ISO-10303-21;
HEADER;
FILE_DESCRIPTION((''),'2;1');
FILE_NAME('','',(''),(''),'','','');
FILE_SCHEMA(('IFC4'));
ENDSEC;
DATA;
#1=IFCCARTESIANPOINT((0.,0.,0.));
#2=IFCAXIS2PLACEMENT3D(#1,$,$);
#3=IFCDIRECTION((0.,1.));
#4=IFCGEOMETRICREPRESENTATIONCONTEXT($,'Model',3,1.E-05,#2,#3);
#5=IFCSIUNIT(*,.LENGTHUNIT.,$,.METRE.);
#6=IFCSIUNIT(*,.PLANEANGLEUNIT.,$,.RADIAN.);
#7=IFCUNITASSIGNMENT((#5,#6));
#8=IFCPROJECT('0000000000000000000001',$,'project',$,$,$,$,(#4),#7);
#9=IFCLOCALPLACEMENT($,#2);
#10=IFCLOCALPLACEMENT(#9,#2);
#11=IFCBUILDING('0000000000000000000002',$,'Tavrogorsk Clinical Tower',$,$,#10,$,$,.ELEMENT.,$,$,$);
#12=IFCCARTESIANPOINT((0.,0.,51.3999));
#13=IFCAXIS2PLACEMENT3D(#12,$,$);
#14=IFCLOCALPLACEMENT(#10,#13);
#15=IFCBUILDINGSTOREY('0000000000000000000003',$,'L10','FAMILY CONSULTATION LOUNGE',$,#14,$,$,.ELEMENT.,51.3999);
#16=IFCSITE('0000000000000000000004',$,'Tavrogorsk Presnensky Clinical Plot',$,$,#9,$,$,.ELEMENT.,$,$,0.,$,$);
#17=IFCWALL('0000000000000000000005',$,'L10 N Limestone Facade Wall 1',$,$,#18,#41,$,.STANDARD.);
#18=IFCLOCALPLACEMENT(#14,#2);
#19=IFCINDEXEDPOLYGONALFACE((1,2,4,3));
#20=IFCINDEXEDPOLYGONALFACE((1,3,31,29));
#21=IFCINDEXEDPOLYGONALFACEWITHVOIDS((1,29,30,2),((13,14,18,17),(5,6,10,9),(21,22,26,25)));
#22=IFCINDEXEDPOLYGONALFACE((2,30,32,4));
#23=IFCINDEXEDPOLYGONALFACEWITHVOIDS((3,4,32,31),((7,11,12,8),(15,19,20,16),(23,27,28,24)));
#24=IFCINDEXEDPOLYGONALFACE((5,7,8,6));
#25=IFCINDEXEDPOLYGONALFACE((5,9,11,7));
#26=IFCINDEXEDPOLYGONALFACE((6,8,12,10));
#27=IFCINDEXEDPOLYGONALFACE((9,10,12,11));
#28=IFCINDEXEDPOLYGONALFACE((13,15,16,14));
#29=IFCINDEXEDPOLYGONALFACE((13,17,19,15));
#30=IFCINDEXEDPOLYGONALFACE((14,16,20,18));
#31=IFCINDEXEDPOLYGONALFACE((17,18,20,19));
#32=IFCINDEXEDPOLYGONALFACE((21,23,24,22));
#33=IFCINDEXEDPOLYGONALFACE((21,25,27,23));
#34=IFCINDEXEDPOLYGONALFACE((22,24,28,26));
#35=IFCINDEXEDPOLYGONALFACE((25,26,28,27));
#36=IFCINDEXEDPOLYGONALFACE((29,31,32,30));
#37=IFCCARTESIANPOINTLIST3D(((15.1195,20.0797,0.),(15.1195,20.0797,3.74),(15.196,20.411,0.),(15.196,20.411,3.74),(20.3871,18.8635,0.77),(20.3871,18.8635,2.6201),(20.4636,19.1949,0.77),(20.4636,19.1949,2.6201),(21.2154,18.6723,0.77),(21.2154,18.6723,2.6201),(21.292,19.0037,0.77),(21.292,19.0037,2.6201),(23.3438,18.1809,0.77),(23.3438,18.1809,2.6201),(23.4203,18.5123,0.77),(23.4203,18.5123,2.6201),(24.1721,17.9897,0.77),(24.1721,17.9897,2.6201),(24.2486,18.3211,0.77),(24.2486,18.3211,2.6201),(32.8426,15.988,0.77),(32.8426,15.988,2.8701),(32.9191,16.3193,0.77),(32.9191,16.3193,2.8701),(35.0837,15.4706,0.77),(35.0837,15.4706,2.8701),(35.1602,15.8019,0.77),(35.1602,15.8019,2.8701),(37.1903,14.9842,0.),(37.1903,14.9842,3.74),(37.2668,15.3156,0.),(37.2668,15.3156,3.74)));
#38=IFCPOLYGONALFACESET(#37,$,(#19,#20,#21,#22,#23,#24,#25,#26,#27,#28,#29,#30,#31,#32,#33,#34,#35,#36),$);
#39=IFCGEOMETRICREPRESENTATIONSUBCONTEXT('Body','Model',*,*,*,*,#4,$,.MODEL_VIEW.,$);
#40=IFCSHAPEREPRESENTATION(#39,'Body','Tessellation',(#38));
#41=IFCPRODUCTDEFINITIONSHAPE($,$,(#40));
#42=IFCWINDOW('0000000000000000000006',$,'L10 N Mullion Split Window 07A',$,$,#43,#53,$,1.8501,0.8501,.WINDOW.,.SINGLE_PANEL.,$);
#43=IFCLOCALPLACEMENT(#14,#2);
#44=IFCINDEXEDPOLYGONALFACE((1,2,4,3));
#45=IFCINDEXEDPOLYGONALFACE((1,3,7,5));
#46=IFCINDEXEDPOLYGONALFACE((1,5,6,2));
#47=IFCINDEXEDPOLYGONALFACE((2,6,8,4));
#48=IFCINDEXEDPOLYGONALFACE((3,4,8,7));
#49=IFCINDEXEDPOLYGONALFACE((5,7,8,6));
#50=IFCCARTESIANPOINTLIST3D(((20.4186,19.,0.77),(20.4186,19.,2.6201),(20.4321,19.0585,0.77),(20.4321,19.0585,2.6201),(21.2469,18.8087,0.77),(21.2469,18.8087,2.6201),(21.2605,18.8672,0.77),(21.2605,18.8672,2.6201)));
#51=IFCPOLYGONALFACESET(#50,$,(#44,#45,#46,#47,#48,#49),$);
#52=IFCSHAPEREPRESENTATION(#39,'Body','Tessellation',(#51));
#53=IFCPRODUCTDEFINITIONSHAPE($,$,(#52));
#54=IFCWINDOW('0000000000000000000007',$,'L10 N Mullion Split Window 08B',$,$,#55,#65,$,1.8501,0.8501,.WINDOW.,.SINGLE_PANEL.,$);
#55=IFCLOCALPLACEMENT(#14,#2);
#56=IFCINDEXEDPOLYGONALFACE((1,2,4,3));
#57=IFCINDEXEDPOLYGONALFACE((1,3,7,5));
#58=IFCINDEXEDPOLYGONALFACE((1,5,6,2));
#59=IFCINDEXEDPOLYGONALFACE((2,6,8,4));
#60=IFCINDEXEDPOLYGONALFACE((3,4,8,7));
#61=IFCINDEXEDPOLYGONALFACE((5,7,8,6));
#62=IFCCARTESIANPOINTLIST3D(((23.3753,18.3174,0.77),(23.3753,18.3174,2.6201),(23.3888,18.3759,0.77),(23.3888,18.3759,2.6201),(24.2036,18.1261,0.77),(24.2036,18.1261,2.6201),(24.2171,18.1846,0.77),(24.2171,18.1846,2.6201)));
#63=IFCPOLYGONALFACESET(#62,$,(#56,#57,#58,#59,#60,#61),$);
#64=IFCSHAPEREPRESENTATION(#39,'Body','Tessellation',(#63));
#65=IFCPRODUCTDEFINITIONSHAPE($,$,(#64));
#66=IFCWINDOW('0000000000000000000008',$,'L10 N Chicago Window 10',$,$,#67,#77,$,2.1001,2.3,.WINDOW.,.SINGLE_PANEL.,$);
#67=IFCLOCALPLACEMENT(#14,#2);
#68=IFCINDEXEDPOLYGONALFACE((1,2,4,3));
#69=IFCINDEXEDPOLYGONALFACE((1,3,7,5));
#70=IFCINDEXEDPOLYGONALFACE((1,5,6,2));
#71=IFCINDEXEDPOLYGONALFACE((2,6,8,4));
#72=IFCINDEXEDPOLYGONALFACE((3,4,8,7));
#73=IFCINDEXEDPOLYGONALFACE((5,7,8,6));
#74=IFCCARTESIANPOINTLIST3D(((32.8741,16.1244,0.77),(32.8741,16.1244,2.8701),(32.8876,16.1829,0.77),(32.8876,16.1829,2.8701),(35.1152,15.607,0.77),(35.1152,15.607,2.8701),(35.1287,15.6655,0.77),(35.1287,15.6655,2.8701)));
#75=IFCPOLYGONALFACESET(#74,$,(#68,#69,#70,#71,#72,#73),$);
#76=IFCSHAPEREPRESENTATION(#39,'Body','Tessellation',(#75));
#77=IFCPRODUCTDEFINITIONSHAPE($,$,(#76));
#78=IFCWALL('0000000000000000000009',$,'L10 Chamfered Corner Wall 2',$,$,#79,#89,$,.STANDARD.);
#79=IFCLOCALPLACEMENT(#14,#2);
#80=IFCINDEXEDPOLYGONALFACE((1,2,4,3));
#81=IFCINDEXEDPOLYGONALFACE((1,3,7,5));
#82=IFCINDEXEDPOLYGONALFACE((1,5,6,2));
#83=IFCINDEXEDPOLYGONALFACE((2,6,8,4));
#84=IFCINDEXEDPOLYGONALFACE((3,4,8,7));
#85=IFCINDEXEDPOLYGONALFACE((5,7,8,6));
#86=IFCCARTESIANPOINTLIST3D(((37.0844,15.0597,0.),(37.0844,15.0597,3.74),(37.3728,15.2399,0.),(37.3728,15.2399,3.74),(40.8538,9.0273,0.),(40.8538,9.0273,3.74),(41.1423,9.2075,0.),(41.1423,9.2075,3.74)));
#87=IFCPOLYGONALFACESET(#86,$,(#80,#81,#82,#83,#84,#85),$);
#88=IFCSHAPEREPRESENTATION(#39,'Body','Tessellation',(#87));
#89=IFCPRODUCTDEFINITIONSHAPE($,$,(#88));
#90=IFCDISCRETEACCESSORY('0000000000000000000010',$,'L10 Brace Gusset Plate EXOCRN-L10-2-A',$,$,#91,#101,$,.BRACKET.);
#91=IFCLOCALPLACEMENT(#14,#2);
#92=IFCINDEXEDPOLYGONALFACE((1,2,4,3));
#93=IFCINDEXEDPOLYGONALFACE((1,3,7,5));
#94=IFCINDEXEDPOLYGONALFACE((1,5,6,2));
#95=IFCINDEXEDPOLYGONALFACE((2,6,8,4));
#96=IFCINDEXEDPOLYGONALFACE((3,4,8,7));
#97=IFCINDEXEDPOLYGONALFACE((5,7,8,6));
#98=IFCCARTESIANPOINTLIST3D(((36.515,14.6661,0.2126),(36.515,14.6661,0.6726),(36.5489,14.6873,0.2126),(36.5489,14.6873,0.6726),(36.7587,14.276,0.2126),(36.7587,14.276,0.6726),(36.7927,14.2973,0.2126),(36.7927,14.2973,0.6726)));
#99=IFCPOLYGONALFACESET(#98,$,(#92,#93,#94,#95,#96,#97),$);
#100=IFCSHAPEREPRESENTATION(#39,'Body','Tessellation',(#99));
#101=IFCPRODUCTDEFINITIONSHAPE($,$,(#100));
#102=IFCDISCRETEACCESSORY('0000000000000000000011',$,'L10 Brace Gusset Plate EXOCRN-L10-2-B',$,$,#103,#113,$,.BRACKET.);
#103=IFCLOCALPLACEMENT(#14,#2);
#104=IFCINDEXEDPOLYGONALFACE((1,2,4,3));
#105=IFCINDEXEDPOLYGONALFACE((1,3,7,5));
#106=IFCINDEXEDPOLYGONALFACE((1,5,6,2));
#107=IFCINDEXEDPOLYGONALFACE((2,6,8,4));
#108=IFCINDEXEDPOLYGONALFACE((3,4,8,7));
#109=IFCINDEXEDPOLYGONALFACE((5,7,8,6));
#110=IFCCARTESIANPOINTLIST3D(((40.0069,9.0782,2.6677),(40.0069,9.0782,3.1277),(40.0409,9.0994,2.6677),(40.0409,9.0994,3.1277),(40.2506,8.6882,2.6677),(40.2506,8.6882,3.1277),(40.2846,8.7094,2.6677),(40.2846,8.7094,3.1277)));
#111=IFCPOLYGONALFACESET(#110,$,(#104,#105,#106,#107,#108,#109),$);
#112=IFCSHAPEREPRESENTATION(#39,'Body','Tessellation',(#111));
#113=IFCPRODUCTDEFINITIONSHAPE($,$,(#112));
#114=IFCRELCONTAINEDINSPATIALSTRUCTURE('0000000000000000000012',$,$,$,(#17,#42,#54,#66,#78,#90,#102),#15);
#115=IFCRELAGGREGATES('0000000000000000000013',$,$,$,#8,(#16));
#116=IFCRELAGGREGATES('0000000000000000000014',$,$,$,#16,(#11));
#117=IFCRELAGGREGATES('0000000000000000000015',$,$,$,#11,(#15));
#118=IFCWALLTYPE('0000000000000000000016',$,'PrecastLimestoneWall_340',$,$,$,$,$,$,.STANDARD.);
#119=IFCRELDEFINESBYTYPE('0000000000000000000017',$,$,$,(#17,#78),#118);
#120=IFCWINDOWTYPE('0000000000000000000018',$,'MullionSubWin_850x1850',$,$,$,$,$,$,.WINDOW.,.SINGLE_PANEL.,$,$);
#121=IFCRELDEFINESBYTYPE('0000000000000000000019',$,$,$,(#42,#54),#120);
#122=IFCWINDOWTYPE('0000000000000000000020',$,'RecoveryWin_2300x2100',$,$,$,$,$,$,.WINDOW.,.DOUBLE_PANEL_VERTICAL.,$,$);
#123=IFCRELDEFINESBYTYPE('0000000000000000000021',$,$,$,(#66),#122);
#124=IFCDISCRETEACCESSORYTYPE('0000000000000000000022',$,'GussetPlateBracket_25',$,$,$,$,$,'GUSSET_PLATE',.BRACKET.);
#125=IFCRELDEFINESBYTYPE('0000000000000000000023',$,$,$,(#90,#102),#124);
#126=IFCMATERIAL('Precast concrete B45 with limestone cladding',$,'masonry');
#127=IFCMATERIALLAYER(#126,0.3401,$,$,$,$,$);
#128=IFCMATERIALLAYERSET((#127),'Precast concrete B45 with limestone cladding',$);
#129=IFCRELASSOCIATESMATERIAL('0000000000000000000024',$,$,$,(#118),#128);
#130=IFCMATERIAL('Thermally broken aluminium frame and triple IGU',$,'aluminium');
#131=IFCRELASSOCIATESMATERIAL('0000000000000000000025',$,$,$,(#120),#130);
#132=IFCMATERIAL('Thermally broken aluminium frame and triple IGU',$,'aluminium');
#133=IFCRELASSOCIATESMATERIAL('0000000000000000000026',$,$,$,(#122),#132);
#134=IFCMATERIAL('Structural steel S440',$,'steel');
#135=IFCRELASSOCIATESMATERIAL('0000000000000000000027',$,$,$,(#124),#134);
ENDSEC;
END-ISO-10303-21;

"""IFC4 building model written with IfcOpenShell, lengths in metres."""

from ifc_helpers import new_model, si_unit, direction, frame, frame_2d, origin, origin_2d, place, context, subcontext, project, spatial, rectangle, extrude, material, layer, layer_set, type_object, element, fill, save


model = new_model("IFC4")

# Units and contexts
model_context = context("Model", 3, precision=1e-05, world=origin(), true_north=direction((0.0, 1.0)))
body_context = subcontext(model_context, "Body", "Model", "MODEL_VIEW")
ifc_project = project(units=[si_unit("LENGTHUNIT", "METRE"), si_unit("PLANEANGLEUNIT", "RADIAN")], contexts=[model_context])

# Site, building, storey
site_placement = place(None, origin())
site = spatial("IfcSite", under=ifc_project, at=site_placement, Name="Tavrogorsk Presnensky Clinical Plot", CompositionType="ELEMENT", RefElevation=0.0)
building_placement = place(site_placement, origin())
building = spatial("IfcBuilding", under=site, at=building_placement, Name="Tavrogorsk Clinical Tower", CompositionType="ELEMENT")
storey_placement = place(building_placement, frame((0.0, 0.0, 51.3999)))
storey = spatial("IfcBuildingStorey", under=building, at=storey_placement, Name="L10", Description="FAMILY CONSULTATION LOUNGE", CompositionType="ELEMENT", Elevation=51.3999)

# Wall, openings, windows
ifc_material_1 = material(Name="Precast concrete B45 with limestone cladding", Category="masonry")
ifc_layer_1 = layer(ifc_material_1, 0.3401)
ifc_layer_set_1 = layer_set([ifc_layer_1], Name="Precast concrete B45 with limestone cladding")
wall_type_1 = type_object("IfcWallType", Name="PrecastLimestoneWall_340", PredefinedType="STANDARD", material=ifc_layer_set_1)
wall_1_placement = place(storey_placement, frame((37.2285, 15.1499, 0.0), z_axis=(0.0, 0.0, 1.0), x_axis=(-0.97437, 0.224952, 0.0)))
wall_1 = element("IfcWall", 1, at=wall_1_placement, inside=storey, type_object=wall_type_1, Name="L10 N Limestone Facade Wall 1", PredefinedType="STANDARD", context=body_context, shape_type="SweptSolid", body=[
    extrude(rectangle(XDim=22.6514, YDim=0.3401, at=frame_2d((11.3257, 0.0))), origin(), (0.0, 0.0, 1.0), 3.74),
])
opening_1_placement = place(wall_1_placement, frame((16.395, 0.0, 0.77)))
opening_1 = element("IfcOpeningElement", 2, at=opening_1_placement, cuts=wall_1, PredefinedType="OPENING", context=body_context, shape_type="SweptSolid", body=[
    extrude(rectangle(XDim=0.8501, YDim=1.8501, at=frame_2d((0.425, 0.925))), frame((0.0, 0.1799, 0.0), z_axis=(0.0, -1.0, 0.0), x_axis=(1.0, 0.0, 0.0)), (0.0, 0.0, 1.0), 0.3601),
])
opening_2_placement = place(wall_1_placement, frame((13.3606, 0.0, 0.77)))
opening_2 = element("IfcOpeningElement", 3, at=opening_2_placement, cuts=wall_1, PredefinedType="OPENING", context=body_context, shape_type="SweptSolid", body=[
    extrude(rectangle(XDim=0.8501, YDim=1.8501, at=frame_2d((0.425, 0.925))), frame((0.0, 0.1799, 0.0), z_axis=(0.0, -1.0, 0.0), x_axis=(1.0, 0.0, 0.0)), (0.0, 0.0, 1.0), 0.3601),
])
opening_3_placement = place(wall_1_placement, frame((2.1621, 0.0, 0.77)))
opening_3 = element("IfcOpeningElement", 4, at=opening_3_placement, cuts=wall_1, PredefinedType="OPENING", context=body_context, shape_type="SweptSolid", body=[
    extrude(rectangle(XDim=2.3, YDim=2.1001, at=frame_2d((1.1499, 1.05))), frame((0.0, 0.1799, 0.0), z_axis=(0.0, -1.0, 0.0), x_axis=(1.0, 0.0, 0.0)), (0.0, 0.0, 1.0), 0.3601),
])
ifc_material_2 = material(Name="Thermally broken aluminium frame and triple IGU", Category="aluminium")
window_type_1 = type_object("IfcWindowType", Name="MullionSubWin_850x1850", PartitioningType="SINGLE_PANEL", PredefinedType="WINDOW", material=ifc_material_2)
window_1_placement = place(opening_1_placement, origin())
window_1 = element("IfcWindow", 5, at=window_1_placement, inside=storey, type_object=window_type_1, Name="L10 N Mullion Split Window 07A", OverallHeight=1.8501, OverallWidth=0.8501, PartitioningType="SINGLE_PANEL", PredefinedType="WINDOW", context=body_context, shape_type="SweptSolid", body=[
    extrude(rectangle(XDim=0.8501, YDim=1.8501, at=frame_2d((0.425, 0.925))), frame((0.0, 0.03, 0.0), z_axis=(0.0, -1.0, 0.0), x_axis=(1.0, 0.0, 0.0)), (0.0, 0.0, 1.0), 0.0601),
])
fill(opening_1, window_1)
window_2_placement = place(opening_2_placement, origin())
window_2 = element("IfcWindow", 6, at=window_2_placement, inside=storey, type_object=window_type_1, Name="L10 N Mullion Split Window 08B", OverallHeight=1.8501, OverallWidth=0.8501, PartitioningType="SINGLE_PANEL", PredefinedType="WINDOW", context=body_context, shape_type="SweptSolid", body=[
    extrude(rectangle(XDim=0.8501, YDim=1.8501, at=frame_2d((0.425, 0.925))), frame((0.0, 0.03, 0.0), z_axis=(0.0, -1.0, 0.0), x_axis=(1.0, 0.0, 0.0)), (0.0, 0.0, 1.0), 0.0601),
])
fill(opening_2, window_2)
ifc_material_3 = material(Name="Thermally broken aluminium frame and triple IGU", Category="aluminium")
window_type_2 = type_object("IfcWindowType", Name="RecoveryWin_2300x2100", PartitioningType="DOUBLE_PANEL_VERTICAL", PredefinedType="WINDOW", material=ifc_material_3)
window_3_placement = place(opening_3_placement, origin())
window_3 = element("IfcWindow", 7, at=window_3_placement, inside=storey, type_object=window_type_2, Name="L10 N Chicago Window 10", OverallHeight=2.1001, OverallWidth=2.3, PartitioningType="SINGLE_PANEL", PredefinedType="WINDOW", context=body_context, shape_type="SweptSolid", body=[
    extrude(rectangle(XDim=2.3, YDim=2.1001, at=frame_2d((1.1499, 1.05))), frame((0.0, 0.03, 0.0), z_axis=(0.0, -1.0, 0.0), x_axis=(1.0, 0.0, 0.0)), (0.0, 0.0, 1.0), 0.0601),
])
fill(opening_3, window_3)

# Wall
wall_2_placement = place(storey_placement, frame((40.998, 9.1174, 0.0), z_axis=(0.0, 0.0, 1.0), x_axis=(-0.529922, 0.848047, 0.0)))
element("IfcWall", 8, at=wall_2_placement, inside=storey, type_object=wall_type_1, Name="L10 Chamfered Corner Wall 2", PredefinedType="STANDARD", context=body_context, shape_type="SweptSolid", body=[
    extrude(rectangle(XDim=7.1133, YDim=0.3401, at=frame_2d((3.5566, 0.0))), origin(), (0.0, 0.0, 1.0), 3.74),
])

# Discrete accessories
ifc_material_4 = material(Name="Structural steel S440", Category="steel")
discrete_accessory_type = type_object("IfcDiscreteAccessoryType", Name="GussetPlateBracket_25", ElementType="GUSSET_PLATE", PredefinedType="BRACKET", material=ifc_material_4)
for number, where, z_axis, x_axis, name in (
    (9, (36.6538, 14.4817, 0.2126), (0.0, 0.0, 1.0), (0.529919, -0.848048, 0.0), "L10 Brace Gusset Plate EXOCRN-L10-2-A"),
    (10, (40.1458, 8.8938, 2.6677), (0.0, 0.0, 1.0), (0.529919, -0.848048, 0.0), "L10 Brace Gusset Plate EXOCRN-L10-2-B"),
):
    element("IfcDiscreteAccessory", number, at=place(storey_placement, frame(where, z_axis=z_axis, x_axis=x_axis)), inside=storey, type_object=discrete_accessory_type, Name=name, PredefinedType="BRACKET", context=body_context, shape_type="SweptSolid", body=[
        extrude(rectangle(XDim=0.46, YDim=0.04, at=origin_2d()), origin(), (0.0, 0.0, 1.0), 0.46),
    ])

save(model, "model.ifc")
